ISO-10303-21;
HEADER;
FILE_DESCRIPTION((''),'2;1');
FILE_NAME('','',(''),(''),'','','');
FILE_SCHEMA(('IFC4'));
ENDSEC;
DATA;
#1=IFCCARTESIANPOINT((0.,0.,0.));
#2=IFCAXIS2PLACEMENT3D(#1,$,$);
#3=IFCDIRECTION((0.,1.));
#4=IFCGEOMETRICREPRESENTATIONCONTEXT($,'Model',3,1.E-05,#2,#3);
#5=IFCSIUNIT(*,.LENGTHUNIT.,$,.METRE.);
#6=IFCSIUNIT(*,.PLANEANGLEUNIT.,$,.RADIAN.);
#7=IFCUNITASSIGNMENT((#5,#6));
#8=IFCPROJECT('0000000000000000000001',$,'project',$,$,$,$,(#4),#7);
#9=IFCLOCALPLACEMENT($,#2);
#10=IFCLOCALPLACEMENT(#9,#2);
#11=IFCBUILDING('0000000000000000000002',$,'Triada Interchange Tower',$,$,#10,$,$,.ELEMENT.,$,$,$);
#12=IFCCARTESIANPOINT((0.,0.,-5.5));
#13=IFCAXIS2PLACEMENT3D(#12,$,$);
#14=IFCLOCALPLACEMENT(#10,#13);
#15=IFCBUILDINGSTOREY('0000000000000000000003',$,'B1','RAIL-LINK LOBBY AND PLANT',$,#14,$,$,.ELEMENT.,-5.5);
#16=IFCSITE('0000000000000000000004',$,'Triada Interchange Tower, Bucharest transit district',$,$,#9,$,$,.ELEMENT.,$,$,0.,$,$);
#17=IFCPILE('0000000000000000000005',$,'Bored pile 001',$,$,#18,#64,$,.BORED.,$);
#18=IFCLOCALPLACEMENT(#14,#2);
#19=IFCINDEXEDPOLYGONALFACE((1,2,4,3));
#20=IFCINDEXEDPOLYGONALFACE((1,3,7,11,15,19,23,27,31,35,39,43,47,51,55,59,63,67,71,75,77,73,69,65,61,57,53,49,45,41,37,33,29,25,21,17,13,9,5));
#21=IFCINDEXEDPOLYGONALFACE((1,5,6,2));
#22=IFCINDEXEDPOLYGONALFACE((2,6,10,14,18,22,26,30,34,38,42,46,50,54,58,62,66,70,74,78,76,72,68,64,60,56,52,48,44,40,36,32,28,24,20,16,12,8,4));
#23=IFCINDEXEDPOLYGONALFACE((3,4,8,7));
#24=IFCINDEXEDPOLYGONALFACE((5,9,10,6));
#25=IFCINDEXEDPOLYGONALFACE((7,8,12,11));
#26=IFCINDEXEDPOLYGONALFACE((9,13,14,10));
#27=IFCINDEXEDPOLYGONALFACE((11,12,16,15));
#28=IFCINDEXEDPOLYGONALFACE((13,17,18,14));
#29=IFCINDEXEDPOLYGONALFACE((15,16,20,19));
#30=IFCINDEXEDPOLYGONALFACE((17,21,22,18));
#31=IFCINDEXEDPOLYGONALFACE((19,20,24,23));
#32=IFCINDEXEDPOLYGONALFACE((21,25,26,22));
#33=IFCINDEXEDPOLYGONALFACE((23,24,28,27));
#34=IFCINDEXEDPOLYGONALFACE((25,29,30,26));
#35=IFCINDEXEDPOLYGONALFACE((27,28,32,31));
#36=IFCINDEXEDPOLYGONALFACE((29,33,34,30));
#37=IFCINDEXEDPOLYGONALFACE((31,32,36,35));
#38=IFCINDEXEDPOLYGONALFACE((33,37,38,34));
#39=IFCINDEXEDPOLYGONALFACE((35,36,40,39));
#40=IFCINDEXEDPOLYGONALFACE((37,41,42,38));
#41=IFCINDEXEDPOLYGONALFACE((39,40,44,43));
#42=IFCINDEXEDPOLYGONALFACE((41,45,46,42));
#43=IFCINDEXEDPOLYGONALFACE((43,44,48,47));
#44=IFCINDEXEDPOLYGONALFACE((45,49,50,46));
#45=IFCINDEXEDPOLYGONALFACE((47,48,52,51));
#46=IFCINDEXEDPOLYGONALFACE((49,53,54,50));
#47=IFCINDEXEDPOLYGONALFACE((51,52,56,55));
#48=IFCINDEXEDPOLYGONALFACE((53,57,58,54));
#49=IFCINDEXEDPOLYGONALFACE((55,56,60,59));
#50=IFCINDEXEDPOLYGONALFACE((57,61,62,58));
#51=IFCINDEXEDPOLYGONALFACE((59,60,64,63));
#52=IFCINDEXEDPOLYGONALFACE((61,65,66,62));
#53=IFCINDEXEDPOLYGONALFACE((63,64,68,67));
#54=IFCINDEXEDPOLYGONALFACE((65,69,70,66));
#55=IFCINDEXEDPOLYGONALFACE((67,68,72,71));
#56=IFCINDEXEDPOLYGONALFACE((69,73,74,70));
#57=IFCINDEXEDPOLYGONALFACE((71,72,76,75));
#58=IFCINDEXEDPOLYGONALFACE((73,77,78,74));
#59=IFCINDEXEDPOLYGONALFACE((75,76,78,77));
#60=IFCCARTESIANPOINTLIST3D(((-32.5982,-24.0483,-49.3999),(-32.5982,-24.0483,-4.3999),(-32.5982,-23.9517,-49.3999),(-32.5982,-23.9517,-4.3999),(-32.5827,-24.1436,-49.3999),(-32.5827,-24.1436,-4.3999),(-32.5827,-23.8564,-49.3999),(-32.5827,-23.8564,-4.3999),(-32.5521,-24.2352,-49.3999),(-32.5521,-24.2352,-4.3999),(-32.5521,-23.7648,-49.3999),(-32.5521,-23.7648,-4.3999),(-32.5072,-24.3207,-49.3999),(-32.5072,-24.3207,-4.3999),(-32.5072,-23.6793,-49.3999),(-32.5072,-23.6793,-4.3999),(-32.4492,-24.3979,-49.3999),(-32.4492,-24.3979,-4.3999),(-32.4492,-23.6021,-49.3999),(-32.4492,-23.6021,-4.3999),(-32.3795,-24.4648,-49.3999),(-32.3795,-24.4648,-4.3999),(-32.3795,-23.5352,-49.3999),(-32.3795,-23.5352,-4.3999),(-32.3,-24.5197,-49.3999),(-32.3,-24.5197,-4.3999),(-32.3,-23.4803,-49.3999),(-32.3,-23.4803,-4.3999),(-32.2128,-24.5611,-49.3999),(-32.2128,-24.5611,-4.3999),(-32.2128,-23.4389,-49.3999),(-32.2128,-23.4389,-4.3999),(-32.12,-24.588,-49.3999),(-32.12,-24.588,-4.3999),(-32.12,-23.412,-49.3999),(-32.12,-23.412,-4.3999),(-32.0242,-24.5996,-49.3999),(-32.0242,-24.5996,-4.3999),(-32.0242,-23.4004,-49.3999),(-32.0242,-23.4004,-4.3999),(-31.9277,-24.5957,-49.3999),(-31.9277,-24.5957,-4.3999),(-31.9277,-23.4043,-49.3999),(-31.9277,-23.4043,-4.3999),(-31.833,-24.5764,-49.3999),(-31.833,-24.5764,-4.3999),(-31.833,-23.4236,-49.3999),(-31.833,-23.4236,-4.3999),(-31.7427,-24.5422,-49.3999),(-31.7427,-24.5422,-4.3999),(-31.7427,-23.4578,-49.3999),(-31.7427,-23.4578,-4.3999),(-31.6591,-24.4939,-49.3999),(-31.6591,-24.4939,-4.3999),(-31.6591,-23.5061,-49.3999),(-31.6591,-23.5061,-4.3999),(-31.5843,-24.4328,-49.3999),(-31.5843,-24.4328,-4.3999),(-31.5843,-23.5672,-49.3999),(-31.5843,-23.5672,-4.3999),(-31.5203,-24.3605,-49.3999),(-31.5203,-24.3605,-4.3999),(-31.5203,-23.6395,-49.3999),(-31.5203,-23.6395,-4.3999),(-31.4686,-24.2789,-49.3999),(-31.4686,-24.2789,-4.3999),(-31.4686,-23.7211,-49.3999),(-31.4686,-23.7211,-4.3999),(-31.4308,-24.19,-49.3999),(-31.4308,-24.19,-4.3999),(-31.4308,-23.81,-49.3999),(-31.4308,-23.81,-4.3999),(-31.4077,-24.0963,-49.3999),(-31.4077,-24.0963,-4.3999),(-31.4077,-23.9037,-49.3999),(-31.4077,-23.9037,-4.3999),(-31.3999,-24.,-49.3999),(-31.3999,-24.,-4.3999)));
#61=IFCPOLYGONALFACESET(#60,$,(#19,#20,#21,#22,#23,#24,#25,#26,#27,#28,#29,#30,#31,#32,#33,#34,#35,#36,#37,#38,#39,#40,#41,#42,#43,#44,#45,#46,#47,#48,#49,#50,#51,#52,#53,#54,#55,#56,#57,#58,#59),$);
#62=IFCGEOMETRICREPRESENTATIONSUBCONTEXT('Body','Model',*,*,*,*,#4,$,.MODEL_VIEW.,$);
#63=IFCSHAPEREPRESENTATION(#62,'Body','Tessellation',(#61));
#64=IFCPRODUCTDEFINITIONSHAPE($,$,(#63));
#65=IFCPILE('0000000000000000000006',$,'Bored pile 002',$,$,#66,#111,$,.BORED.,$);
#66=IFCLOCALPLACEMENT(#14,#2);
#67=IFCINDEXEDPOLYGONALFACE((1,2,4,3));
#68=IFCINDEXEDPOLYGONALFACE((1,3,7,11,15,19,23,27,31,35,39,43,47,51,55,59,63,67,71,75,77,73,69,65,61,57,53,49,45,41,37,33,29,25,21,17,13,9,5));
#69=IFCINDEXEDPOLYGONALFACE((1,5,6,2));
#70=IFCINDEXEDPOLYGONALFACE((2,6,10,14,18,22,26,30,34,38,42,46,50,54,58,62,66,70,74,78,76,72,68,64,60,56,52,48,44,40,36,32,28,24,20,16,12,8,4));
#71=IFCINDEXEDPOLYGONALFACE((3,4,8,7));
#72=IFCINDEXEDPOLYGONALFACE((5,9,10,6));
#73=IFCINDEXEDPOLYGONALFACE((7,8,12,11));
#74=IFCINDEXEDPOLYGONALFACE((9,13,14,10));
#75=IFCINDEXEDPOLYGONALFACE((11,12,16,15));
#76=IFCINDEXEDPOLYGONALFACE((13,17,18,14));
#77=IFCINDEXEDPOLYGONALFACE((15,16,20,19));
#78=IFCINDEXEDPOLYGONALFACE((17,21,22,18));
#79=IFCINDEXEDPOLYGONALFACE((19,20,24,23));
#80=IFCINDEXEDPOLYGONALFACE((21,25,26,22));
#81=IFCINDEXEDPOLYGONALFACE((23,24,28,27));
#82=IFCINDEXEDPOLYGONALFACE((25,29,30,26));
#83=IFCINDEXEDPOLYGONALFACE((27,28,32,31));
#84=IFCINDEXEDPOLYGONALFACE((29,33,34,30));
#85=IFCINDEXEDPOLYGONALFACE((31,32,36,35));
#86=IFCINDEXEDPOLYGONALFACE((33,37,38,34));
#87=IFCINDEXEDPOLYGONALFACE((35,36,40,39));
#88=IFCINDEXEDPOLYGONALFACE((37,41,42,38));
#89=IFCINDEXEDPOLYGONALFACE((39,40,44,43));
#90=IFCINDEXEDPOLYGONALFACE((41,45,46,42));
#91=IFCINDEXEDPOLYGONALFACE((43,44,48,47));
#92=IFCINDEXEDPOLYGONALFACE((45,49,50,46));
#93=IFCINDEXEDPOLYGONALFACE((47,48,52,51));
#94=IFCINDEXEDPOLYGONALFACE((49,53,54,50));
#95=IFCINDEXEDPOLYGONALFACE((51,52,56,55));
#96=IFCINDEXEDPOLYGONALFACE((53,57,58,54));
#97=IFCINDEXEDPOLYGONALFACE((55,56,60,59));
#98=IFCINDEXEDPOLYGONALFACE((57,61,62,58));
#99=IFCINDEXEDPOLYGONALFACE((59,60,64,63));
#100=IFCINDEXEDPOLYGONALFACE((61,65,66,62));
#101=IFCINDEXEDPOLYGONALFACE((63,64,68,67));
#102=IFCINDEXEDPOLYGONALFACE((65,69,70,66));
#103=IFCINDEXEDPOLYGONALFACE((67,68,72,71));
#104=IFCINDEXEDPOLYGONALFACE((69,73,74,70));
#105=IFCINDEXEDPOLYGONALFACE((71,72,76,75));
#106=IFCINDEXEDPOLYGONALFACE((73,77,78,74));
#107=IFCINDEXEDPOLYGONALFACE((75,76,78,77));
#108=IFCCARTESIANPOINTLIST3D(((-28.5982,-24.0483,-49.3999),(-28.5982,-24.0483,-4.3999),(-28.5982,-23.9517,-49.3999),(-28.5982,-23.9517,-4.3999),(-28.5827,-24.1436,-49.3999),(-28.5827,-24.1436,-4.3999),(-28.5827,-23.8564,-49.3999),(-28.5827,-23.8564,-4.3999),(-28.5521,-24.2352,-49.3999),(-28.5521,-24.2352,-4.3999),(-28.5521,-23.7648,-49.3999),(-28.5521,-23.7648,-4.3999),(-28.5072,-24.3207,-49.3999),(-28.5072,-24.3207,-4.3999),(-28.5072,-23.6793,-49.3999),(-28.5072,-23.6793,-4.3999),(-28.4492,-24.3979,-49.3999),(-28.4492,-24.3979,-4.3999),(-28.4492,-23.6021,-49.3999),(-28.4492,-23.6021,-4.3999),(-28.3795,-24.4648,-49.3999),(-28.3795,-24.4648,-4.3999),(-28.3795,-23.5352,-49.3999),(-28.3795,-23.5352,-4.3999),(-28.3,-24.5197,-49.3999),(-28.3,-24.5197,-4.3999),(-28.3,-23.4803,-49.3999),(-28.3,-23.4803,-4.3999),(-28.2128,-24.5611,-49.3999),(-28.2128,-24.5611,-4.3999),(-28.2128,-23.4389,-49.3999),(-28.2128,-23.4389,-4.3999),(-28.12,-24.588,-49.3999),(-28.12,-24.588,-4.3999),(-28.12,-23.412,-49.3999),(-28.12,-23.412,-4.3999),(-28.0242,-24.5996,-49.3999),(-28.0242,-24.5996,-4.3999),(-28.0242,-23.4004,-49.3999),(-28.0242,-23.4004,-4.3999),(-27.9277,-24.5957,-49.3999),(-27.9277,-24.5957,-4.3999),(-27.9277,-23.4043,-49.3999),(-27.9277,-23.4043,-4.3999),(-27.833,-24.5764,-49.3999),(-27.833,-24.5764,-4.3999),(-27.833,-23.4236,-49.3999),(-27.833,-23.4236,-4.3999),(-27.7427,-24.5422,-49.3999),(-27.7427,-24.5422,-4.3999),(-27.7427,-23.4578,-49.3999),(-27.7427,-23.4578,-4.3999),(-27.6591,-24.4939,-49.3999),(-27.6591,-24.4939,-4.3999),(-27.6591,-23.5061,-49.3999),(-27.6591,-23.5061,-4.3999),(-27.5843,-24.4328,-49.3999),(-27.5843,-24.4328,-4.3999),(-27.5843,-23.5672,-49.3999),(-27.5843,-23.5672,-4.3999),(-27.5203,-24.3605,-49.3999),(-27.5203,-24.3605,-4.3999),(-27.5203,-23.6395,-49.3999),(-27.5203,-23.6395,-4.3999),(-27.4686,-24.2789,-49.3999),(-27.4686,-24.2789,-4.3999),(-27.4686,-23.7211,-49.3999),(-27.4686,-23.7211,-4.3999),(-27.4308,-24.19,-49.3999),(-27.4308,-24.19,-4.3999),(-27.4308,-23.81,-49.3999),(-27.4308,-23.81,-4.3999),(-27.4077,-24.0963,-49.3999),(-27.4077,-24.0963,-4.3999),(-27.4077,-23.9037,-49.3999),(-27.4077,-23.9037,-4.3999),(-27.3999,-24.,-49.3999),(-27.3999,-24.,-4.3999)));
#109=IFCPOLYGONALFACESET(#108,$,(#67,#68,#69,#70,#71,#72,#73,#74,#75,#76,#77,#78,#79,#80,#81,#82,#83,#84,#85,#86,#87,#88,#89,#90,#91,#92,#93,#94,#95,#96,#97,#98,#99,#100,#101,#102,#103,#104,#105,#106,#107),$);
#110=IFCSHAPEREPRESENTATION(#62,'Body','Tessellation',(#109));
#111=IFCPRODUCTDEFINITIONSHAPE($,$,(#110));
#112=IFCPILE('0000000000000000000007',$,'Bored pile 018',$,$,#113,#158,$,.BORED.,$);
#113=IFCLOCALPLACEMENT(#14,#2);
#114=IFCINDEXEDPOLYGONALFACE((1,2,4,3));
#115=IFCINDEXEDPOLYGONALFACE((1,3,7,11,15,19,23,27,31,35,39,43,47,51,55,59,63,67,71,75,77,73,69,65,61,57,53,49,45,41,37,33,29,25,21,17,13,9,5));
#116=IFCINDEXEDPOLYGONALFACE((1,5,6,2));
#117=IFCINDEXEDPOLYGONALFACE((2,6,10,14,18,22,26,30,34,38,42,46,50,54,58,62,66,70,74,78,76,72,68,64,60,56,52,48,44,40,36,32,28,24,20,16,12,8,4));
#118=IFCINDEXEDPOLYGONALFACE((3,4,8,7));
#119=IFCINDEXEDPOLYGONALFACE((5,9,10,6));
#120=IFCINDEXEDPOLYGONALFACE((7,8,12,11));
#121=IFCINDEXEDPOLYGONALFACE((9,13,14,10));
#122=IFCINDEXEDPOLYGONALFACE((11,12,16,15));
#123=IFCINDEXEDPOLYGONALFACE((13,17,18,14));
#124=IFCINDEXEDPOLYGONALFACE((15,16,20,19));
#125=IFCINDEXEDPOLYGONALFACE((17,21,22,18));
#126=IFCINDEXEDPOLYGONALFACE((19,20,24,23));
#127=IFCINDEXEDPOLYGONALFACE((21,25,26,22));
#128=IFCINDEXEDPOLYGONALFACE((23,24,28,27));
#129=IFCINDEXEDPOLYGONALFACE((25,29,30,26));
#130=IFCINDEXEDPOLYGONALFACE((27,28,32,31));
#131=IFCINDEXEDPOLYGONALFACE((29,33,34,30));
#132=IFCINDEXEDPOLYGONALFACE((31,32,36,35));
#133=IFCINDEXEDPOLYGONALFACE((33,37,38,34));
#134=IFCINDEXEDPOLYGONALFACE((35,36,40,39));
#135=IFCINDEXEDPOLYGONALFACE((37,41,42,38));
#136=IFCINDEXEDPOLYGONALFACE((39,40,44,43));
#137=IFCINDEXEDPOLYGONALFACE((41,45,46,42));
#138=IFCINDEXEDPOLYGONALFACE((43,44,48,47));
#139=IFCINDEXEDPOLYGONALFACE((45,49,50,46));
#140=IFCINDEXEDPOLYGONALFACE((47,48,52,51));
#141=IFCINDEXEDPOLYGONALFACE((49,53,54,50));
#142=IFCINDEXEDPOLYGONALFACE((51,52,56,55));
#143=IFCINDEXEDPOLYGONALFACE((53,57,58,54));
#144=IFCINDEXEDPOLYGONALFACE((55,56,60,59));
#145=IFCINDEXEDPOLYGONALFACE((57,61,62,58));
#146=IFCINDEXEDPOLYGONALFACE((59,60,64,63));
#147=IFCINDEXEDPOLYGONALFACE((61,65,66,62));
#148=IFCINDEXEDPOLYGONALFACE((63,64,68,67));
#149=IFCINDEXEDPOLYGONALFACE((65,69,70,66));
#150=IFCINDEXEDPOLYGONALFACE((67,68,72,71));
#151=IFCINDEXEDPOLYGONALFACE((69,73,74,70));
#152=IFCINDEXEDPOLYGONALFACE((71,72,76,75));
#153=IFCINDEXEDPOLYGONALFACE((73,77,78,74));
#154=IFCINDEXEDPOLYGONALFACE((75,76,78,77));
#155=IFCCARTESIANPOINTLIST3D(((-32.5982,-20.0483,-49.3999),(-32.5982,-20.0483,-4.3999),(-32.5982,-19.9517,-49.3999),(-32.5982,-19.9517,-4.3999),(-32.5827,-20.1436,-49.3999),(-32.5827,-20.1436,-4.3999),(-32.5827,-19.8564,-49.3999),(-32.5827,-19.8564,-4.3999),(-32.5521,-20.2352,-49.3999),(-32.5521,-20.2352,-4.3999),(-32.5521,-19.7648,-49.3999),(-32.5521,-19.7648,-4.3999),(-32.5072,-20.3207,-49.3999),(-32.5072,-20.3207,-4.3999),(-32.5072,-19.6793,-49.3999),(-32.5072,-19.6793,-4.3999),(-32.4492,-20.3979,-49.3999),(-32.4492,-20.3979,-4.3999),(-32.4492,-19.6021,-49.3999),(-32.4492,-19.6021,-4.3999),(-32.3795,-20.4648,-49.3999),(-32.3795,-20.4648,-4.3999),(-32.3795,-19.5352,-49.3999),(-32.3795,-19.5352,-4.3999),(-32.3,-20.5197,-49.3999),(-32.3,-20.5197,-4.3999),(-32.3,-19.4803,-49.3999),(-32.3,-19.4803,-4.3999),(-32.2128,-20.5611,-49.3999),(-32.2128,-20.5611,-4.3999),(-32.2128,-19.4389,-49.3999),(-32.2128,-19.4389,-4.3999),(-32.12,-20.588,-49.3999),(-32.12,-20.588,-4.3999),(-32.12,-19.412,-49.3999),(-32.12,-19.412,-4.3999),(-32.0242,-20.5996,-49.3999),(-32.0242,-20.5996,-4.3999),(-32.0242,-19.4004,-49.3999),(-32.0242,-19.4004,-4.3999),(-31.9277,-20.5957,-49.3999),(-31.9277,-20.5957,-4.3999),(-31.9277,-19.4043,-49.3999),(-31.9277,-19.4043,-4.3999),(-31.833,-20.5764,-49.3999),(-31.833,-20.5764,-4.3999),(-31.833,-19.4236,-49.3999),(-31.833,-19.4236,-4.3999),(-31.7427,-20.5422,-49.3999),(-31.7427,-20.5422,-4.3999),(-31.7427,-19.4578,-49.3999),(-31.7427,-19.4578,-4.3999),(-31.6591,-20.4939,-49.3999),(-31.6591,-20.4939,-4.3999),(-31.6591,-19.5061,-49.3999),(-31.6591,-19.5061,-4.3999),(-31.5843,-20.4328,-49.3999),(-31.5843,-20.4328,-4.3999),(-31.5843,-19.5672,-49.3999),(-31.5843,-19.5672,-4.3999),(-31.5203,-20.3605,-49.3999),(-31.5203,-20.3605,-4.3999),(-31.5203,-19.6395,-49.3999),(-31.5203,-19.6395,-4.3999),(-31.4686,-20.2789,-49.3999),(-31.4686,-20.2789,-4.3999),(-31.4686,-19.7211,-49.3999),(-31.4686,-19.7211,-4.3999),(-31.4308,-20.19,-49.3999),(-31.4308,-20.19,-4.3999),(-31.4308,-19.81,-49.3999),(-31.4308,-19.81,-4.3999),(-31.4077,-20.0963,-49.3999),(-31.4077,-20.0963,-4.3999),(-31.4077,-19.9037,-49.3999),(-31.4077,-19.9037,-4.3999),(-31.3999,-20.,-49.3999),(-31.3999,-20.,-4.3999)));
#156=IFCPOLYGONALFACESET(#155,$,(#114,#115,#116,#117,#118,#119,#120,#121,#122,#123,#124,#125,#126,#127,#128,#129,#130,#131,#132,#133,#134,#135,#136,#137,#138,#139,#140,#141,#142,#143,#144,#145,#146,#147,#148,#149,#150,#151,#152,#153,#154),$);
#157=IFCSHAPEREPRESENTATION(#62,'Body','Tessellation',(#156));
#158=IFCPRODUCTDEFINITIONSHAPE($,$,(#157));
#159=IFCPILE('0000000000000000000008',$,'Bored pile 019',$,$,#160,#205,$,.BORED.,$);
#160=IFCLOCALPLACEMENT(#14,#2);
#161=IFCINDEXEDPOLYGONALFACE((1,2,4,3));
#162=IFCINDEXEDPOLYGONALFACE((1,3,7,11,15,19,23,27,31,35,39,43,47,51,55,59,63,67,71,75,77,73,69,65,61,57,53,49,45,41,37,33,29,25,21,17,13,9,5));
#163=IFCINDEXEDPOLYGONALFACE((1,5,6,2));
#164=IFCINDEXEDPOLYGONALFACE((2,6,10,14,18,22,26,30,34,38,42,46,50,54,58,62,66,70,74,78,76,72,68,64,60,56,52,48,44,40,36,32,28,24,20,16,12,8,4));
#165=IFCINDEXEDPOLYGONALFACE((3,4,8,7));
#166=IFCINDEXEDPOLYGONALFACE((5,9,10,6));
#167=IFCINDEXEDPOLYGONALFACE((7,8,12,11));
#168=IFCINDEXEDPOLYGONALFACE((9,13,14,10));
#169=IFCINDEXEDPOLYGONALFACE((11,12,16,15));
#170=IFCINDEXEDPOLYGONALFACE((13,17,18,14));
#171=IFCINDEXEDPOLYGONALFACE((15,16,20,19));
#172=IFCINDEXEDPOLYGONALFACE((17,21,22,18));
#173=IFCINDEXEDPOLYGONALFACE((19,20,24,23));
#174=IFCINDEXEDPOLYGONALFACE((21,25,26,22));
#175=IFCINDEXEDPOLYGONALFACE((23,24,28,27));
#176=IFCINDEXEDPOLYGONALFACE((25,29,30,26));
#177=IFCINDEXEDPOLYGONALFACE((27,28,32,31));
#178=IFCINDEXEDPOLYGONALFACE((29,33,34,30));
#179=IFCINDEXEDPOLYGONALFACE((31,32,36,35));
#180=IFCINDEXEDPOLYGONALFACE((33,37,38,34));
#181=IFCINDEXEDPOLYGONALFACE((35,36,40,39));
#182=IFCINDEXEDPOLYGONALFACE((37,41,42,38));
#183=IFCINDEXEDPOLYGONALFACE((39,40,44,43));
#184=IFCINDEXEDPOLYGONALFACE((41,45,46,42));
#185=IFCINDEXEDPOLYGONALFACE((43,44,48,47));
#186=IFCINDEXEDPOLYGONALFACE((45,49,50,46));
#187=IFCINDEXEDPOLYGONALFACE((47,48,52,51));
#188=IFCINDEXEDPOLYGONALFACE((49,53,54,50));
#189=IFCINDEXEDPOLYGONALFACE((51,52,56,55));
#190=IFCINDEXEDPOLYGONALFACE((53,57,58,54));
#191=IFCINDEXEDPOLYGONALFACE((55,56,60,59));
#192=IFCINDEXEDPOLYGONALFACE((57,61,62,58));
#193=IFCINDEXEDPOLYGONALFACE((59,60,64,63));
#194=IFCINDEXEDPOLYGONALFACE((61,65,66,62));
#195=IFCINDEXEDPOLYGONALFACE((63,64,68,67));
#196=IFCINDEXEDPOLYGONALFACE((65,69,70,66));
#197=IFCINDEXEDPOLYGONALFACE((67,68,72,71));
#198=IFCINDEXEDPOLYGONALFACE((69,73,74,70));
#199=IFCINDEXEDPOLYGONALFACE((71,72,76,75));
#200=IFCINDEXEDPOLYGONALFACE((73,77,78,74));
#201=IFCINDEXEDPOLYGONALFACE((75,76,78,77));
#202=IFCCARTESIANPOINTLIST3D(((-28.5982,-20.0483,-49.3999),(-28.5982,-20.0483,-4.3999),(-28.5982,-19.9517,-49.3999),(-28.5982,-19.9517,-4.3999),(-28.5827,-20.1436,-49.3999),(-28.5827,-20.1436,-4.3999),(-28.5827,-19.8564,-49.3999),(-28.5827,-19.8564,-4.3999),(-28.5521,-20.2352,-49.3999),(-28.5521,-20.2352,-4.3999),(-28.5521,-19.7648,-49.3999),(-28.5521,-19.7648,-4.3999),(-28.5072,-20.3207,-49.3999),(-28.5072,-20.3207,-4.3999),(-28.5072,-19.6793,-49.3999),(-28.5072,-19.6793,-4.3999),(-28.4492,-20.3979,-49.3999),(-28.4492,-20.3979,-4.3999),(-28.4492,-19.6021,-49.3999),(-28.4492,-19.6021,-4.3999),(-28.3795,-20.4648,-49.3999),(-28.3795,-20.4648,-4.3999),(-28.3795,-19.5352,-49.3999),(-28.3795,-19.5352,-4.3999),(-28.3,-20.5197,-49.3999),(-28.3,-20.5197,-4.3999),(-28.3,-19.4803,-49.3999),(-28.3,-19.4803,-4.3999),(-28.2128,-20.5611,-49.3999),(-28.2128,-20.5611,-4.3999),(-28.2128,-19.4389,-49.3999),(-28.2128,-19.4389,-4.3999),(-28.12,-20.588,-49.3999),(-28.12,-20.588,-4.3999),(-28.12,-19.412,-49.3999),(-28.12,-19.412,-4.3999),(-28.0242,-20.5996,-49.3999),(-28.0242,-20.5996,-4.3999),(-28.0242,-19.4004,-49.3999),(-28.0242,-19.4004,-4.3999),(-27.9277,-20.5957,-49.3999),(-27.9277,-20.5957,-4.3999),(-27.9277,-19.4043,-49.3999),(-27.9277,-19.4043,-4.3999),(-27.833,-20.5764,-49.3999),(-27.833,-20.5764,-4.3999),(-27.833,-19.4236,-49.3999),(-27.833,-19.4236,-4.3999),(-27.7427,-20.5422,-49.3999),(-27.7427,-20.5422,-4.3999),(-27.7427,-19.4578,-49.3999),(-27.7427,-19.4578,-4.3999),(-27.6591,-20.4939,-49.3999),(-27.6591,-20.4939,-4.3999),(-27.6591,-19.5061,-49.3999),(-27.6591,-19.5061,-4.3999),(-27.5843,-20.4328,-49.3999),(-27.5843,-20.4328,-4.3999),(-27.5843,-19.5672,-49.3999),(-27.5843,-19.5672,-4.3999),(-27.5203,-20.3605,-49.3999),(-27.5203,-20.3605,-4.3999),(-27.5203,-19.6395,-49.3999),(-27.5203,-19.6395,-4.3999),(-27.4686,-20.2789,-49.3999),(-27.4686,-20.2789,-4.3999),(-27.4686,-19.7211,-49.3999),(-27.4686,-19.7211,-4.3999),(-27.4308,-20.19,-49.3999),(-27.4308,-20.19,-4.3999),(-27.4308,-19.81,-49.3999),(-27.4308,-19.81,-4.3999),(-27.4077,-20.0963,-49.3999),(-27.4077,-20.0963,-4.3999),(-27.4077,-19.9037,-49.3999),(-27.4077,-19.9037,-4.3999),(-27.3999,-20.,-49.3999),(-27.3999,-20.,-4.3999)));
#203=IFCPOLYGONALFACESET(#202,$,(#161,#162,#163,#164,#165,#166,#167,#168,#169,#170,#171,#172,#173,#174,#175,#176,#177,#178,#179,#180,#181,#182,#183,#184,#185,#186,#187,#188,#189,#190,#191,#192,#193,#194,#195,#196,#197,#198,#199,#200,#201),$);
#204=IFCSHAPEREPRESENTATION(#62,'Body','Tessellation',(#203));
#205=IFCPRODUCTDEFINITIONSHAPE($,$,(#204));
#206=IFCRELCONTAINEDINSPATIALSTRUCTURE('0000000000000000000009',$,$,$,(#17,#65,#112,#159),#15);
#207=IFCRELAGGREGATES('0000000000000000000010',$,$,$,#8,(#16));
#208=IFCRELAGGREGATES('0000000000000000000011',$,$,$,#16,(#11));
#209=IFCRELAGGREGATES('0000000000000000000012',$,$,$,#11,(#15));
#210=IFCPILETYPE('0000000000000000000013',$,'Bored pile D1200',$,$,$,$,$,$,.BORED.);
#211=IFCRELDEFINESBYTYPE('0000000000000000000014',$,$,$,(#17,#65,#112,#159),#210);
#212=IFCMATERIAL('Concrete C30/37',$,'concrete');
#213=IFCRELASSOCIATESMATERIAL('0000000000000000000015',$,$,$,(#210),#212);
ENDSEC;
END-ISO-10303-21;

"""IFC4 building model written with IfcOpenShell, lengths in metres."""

from ifc_helpers import new_model, si_unit, direction, frame, origin, origin_2d, place, context, subcontext, project, spatial, circle, extrude, material, material_profile, profile_set, type_object, element, save


model = new_model("IFC4")

# Units and contexts
model_context = context("Model", 3, precision=1e-05, world=origin(), true_north=direction((0.0, 1.0)))
body_context = subcontext(model_context, "Body", "Model", "MODEL_VIEW")
ifc_project = project(units=[si_unit("LENGTHUNIT", "METRE"), si_unit("PLANEANGLEUNIT", "RADIAN")], contexts=[model_context])

# Site, building, storey
site_placement = place(None, origin())
site = spatial("IfcSite", under=ifc_project, at=site_placement, Name="Triada Interchange Tower, Bucharest transit district", CompositionType="ELEMENT", RefElevation=0.0)
building_placement = place(site_placement, origin())
building = spatial("IfcBuilding", under=site, at=building_placement, Name="Triada Interchange Tower", CompositionType="ELEMENT")
storey_placement = place(building_placement, frame((0.0, 0.0, -5.5)))
storey = spatial("IfcBuildingStorey", under=building, at=storey_placement, Name="B1", Description="RAIL-LINK LOBBY AND PLANT", CompositionType="ELEMENT", Elevation=-5.5)

# Piles
ifc_material_1 = material(Name="Concrete C30/37", Category="concrete")
ifc_material_profile_1 = material_profile(ifc_material_1, circle(Radius=0.6001, at=origin_2d()), Name="RC D1200")
ifc_profile_set_1 = profile_set([ifc_material_profile_1], Name="Concrete C30/37")
pile_type = type_object("IfcPileType", Name="Bored pile D1200", PredefinedType="BORED", material=ifc_profile_set_1)
for number, where, z_axis, x_axis, name in (
    (1, (-32.0, -24.0, -4.3999), (0.0, 0.0, -1.0), (1.0, 0.0, 0.0), "Bored pile 001"),
    (2, (-28.0, -24.0, -4.3999), (0.0, 0.0, -1.0), (1.0, 0.0, 0.0), "Bored pile 002"),
    (3, (-32.0, -20.0, -4.3999), (0.0, 0.0, -1.0), (1.0, 0.0, 0.0), "Bored pile 018"),
    (4, (-28.0, -20.0, -4.3999), (0.0, 0.0, -1.0), (1.0, 0.0, 0.0), "Bored pile 019"),
):
    element("IfcPile", number, at=place(storey_placement, frame(where, z_axis=z_axis, x_axis=x_axis)), inside=storey, type_object=pile_type, Name=name, PredefinedType="BORED", context=body_context, shape_type="SweptSolid", body=[
        extrude(circle(Radius=0.6001, at=origin_2d()), origin(), (0.0, 0.0, 1.0), 45.0),
    ])

save(model, "model.ifc")
